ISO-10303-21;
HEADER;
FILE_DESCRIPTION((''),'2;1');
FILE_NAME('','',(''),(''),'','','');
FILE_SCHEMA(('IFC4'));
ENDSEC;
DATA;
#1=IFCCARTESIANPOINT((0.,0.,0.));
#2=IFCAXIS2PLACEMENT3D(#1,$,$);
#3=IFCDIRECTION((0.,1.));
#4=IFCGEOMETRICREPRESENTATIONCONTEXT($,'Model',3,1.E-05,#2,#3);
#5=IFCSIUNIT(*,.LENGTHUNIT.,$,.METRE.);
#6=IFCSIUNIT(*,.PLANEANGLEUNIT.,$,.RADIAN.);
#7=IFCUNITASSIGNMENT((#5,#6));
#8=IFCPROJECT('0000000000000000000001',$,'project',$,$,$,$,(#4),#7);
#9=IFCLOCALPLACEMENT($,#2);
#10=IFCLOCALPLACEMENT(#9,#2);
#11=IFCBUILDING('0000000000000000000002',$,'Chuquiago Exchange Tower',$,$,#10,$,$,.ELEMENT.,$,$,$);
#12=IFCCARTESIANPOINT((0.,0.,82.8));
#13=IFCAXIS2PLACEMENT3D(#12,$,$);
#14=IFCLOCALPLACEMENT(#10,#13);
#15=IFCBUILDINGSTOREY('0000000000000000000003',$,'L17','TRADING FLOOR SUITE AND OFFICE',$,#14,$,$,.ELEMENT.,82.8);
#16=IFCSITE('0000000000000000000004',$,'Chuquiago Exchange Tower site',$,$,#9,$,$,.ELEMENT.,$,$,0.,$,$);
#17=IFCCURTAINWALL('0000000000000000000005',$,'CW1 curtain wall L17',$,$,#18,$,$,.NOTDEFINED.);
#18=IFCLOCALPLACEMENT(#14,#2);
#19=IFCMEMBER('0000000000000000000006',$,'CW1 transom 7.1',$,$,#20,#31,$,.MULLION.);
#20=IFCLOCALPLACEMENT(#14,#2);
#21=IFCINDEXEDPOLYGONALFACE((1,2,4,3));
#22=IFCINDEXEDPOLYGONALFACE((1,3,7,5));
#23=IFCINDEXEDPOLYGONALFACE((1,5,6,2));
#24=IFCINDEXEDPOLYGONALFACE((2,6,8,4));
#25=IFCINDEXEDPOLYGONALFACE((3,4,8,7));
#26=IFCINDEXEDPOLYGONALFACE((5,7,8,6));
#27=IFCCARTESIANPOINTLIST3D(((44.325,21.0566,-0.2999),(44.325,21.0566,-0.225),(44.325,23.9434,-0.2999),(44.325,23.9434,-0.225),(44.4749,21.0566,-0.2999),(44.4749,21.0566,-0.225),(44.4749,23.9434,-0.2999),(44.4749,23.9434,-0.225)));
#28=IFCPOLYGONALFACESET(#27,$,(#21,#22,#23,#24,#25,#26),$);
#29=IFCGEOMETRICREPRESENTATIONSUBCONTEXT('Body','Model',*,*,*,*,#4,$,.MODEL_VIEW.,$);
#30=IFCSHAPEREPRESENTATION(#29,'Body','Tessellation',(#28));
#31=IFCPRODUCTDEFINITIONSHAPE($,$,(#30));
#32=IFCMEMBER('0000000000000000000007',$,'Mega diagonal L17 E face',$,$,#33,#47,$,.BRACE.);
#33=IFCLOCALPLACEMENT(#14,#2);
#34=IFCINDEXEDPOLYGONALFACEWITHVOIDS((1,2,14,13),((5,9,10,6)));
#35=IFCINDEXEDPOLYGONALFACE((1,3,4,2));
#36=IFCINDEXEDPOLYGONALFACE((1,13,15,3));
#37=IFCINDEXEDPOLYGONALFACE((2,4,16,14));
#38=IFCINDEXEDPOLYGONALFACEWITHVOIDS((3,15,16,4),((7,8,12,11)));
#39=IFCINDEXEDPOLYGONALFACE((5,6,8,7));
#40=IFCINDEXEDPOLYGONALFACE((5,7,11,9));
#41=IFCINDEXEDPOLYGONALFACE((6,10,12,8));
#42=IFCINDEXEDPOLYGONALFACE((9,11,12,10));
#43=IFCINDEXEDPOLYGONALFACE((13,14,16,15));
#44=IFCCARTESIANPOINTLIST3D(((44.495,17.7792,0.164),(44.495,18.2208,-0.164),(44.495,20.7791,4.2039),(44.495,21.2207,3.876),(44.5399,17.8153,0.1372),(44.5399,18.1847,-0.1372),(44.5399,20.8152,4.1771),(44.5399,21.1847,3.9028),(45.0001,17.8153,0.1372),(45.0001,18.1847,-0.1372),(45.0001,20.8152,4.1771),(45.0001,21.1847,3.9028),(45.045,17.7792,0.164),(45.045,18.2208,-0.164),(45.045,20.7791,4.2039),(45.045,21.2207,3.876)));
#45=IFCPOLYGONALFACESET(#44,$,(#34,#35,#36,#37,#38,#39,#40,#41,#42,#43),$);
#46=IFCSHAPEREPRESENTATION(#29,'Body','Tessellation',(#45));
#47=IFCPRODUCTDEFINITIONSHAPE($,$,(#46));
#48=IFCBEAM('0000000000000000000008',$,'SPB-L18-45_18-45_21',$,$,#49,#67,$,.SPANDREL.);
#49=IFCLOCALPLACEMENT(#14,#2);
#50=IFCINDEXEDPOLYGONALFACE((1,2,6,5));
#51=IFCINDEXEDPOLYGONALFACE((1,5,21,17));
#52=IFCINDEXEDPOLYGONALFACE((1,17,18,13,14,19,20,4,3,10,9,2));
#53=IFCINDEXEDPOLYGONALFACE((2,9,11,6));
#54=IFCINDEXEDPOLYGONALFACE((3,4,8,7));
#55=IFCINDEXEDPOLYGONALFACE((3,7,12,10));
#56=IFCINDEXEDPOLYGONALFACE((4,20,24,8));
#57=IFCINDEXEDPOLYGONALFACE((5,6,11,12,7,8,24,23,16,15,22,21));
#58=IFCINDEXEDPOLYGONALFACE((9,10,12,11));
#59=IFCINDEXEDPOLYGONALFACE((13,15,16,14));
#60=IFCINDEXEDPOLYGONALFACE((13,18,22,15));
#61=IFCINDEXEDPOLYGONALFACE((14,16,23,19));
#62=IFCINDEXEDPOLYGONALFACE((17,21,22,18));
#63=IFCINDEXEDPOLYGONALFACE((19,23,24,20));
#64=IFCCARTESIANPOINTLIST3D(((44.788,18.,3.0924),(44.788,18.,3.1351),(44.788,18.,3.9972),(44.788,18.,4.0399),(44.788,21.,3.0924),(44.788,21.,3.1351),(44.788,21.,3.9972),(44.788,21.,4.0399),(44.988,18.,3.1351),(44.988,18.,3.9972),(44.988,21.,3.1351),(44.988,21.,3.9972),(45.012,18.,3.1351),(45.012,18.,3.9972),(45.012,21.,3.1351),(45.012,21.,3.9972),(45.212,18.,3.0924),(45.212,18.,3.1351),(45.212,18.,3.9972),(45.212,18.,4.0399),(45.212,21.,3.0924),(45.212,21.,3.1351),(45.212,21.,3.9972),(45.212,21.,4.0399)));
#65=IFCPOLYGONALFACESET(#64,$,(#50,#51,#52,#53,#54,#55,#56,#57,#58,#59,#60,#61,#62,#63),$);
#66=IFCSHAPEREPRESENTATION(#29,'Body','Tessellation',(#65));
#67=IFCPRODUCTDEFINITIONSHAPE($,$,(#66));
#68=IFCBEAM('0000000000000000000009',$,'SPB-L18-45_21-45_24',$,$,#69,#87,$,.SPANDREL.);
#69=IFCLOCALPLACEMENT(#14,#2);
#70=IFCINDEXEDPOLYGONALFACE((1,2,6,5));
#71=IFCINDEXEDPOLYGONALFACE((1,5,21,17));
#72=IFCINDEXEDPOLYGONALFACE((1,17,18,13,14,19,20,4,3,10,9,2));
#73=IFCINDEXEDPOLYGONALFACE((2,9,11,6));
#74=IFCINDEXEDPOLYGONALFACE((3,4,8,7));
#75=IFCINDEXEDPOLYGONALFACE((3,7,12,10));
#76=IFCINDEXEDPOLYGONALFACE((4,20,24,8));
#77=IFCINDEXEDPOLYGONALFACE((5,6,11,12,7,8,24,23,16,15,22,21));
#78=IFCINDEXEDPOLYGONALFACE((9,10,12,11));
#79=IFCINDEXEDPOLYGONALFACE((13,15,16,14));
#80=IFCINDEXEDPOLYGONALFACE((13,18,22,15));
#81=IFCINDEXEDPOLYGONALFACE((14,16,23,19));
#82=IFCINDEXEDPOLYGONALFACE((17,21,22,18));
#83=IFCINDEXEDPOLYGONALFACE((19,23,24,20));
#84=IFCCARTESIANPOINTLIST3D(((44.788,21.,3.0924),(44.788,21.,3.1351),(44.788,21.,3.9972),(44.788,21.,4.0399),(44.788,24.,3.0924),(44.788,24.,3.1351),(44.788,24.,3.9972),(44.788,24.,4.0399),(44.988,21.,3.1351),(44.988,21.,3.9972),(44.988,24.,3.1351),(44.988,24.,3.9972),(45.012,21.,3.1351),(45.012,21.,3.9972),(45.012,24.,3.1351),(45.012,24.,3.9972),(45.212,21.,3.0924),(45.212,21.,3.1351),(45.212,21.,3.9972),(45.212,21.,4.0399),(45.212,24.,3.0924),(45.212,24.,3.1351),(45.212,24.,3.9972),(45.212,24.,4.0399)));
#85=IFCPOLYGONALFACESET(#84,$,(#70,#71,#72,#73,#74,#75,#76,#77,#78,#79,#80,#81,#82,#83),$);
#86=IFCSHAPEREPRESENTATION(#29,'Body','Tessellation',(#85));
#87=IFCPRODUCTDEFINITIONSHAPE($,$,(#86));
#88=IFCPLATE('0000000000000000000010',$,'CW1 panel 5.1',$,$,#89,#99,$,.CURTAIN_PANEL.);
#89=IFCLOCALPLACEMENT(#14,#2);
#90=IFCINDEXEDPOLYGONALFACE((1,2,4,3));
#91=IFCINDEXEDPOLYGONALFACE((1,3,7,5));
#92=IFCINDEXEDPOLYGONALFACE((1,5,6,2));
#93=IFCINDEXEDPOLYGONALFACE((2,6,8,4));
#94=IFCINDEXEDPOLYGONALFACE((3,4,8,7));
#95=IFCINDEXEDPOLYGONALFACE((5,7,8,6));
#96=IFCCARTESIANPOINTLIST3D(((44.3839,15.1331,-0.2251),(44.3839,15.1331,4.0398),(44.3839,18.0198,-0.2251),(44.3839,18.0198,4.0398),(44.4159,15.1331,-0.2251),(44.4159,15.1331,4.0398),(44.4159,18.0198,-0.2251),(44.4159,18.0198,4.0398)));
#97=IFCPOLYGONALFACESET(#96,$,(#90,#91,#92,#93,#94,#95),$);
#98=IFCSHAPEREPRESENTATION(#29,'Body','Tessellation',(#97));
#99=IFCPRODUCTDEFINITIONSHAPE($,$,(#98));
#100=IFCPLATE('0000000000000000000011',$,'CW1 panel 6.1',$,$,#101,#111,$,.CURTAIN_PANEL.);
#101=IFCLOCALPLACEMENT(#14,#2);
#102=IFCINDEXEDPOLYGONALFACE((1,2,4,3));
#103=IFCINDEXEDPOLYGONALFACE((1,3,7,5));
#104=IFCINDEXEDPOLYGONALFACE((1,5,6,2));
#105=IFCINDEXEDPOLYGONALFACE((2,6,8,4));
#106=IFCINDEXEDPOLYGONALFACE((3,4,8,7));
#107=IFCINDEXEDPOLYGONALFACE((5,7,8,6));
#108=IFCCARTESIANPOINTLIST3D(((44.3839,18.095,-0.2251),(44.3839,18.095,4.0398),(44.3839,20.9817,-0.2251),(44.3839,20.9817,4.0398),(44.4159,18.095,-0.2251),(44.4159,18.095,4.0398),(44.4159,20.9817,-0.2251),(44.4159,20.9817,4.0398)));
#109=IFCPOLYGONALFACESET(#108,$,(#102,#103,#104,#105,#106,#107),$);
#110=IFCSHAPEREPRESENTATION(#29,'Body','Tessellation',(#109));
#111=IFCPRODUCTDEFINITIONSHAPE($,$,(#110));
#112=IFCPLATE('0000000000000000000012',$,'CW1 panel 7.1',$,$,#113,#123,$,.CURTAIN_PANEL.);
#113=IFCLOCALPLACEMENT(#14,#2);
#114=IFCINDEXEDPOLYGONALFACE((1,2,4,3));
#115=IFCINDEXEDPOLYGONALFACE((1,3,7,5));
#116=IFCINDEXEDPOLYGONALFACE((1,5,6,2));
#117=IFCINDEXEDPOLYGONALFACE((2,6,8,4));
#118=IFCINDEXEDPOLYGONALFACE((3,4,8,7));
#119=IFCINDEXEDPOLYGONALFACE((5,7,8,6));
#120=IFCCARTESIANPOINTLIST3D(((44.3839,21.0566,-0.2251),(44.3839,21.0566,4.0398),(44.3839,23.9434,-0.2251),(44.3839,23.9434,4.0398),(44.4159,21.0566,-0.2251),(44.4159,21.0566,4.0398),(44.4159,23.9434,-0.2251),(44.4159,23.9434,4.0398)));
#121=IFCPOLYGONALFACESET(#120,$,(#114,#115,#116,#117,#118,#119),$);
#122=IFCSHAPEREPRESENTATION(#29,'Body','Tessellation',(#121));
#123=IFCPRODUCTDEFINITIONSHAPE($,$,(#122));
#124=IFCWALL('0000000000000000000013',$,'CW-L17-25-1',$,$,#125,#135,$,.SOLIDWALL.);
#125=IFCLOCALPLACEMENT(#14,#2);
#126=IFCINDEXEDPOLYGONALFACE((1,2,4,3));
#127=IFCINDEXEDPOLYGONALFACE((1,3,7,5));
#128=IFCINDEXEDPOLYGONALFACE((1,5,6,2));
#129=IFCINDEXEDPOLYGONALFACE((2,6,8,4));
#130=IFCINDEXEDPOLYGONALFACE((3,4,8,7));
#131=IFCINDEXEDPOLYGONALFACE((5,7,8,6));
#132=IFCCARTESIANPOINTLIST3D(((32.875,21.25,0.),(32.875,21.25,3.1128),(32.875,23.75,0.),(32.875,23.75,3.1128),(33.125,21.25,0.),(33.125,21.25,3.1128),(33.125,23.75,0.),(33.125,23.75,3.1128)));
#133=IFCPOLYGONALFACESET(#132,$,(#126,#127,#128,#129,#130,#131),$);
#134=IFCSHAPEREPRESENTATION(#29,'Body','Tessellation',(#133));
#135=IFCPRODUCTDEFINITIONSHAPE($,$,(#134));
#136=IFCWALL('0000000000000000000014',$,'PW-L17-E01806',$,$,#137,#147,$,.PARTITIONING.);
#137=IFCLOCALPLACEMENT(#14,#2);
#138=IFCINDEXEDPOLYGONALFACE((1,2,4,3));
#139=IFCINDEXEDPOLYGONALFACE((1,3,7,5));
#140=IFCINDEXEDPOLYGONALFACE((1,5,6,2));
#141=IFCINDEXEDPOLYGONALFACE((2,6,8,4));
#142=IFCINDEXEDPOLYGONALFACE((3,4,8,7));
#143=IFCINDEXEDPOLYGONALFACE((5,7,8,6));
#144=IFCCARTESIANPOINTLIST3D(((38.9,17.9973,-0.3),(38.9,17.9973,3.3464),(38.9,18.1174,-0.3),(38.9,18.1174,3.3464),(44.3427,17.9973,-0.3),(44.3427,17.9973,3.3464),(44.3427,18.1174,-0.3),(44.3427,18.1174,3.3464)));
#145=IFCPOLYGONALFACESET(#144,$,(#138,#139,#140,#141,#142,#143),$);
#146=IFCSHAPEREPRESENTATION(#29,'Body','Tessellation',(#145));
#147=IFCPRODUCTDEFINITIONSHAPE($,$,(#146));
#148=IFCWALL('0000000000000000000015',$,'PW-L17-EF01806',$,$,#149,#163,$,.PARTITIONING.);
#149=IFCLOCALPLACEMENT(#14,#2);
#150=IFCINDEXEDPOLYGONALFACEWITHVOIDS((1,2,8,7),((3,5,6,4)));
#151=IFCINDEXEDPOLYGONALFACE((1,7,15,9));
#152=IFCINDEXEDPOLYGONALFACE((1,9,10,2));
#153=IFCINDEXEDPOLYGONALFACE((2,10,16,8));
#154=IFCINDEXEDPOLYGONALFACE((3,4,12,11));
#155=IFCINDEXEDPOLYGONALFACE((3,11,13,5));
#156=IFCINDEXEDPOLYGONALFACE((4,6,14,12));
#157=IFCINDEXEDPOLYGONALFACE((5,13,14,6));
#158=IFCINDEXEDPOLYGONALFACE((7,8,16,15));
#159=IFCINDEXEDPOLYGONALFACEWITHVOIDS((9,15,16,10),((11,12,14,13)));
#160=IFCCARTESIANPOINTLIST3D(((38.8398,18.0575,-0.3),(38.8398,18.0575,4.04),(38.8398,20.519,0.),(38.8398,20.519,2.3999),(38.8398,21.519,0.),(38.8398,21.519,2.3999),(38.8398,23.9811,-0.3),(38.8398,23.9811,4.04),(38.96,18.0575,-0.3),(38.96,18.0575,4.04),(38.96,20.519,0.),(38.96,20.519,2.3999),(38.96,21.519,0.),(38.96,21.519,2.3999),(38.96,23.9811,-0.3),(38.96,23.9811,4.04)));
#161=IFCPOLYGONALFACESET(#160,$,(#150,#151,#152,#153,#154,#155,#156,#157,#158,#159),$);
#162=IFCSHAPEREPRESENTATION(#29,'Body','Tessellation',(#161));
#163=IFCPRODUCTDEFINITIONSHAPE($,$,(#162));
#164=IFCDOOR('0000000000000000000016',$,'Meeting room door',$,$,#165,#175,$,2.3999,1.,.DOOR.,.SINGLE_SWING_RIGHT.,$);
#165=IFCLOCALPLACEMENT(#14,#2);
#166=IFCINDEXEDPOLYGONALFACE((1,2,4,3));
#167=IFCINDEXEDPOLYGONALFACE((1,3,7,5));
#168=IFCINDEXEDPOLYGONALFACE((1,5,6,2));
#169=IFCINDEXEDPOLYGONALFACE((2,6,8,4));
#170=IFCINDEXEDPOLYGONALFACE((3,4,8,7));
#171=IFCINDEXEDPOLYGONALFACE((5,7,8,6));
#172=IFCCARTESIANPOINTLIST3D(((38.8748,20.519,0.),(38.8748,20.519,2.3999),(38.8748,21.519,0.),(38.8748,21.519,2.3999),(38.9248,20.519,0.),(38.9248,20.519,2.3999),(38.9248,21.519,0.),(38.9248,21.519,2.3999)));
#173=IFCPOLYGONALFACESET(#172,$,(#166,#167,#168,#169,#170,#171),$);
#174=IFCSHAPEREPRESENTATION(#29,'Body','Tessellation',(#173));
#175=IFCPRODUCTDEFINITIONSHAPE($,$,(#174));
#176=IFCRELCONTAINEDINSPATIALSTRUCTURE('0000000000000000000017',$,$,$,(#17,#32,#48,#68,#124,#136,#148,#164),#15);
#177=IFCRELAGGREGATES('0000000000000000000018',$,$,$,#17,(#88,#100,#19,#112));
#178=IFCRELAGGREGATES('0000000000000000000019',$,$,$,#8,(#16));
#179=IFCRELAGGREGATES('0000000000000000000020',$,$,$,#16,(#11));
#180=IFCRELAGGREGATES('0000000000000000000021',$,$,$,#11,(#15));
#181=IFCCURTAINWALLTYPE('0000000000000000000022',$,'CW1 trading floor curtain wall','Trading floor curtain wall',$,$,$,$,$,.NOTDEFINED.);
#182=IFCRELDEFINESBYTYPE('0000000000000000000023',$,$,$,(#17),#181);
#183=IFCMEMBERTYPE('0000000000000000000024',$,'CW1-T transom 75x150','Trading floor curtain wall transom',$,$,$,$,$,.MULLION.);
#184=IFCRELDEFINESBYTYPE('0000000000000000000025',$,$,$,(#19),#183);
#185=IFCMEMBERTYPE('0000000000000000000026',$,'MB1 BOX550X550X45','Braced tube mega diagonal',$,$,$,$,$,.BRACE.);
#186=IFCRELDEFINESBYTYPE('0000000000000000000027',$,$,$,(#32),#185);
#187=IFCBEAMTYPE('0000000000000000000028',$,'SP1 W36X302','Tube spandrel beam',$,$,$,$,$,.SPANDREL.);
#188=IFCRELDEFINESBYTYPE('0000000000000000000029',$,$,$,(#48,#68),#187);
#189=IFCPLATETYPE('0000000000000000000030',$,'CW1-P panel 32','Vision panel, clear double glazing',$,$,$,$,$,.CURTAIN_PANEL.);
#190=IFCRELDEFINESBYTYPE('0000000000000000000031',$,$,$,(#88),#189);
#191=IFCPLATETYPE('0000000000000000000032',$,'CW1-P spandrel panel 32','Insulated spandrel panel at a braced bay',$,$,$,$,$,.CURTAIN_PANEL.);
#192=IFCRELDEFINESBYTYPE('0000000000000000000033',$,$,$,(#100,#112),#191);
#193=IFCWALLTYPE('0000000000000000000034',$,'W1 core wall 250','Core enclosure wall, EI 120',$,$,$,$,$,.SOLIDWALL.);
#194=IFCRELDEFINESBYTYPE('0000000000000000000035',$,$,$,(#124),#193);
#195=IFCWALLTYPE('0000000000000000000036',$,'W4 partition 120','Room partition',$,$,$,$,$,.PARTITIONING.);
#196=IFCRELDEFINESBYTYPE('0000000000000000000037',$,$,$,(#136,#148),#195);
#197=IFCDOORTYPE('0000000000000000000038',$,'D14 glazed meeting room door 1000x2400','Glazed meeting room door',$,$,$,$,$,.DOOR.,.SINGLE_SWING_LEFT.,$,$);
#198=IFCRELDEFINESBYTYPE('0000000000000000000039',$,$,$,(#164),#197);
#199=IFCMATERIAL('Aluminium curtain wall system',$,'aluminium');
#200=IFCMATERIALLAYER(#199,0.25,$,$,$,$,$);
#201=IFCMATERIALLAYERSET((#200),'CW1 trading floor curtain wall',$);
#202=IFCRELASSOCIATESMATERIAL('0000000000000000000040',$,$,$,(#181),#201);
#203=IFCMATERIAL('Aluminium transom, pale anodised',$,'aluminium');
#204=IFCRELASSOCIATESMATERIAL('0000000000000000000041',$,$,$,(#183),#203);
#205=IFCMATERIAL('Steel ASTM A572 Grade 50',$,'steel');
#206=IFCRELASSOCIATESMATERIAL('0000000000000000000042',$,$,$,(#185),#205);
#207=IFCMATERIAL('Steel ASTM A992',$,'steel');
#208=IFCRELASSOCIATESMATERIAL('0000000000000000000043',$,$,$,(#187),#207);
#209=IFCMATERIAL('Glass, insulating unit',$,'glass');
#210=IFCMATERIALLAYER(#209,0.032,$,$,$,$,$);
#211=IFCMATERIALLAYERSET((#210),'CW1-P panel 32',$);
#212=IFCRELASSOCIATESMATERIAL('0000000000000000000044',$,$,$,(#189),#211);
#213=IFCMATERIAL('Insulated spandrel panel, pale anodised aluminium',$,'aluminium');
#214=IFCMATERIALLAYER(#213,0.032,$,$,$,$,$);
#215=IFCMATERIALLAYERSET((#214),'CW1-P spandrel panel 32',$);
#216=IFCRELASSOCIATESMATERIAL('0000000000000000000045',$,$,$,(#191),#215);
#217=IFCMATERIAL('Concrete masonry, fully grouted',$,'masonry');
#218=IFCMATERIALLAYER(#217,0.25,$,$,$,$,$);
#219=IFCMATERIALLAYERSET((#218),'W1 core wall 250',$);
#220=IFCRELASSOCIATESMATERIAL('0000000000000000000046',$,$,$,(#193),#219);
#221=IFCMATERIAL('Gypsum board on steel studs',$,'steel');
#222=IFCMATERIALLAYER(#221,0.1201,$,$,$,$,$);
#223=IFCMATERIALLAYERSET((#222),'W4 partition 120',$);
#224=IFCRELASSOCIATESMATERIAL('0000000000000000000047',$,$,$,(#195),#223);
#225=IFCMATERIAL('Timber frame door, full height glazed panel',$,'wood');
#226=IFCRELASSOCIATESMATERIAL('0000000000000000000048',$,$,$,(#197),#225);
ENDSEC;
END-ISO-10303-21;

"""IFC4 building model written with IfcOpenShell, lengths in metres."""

from ifc_helpers import new_model, si_unit, direction, frame, frame_2d, origin, origin_2d, place, context, subcontext, project, spatial, rectangle, hollow_rectangle, i_section, extrude, material, layer, layer_set, material_profile, profile_set, type_object, element, fill, aggregate, save


model = new_model("IFC4")

# Units and contexts
model_context = context("Model", 3, precision=1e-05, world=origin(), true_north=direction((0.0, 1.0)))
body_context = subcontext(model_context, "Body", "Model", "MODEL_VIEW")
ifc_project = project(units=[si_unit("LENGTHUNIT", "METRE"), si_unit("PLANEANGLEUNIT", "RADIAN")], contexts=[model_context])

# Site, building, storey
site_placement = place(None, origin())
site = spatial("IfcSite", under=ifc_project, at=site_placement, Name="Chuquiago Exchange Tower site", CompositionType="ELEMENT", RefElevation=0.0)
building_placement = place(site_placement, origin())
building = spatial("IfcBuilding", under=site, at=building_placement, Name="Chuquiago Exchange Tower", CompositionType="ELEMENT")
storey_placement = place(building_placement, frame((0.0, 0.0, 82.8)))
storey = spatial("IfcBuildingStorey", under=building, at=storey_placement, Name="L17", Description="TRADING FLOOR SUITE AND OFFICE", CompositionType="ELEMENT", Elevation=82.8)

# Curtain wall, member
ifc_material_1 = material(Name="Aluminium curtain wall system", Category="aluminium")
ifc_layer_1 = layer(ifc_material_1, 0.25)
ifc_layer_set_1 = layer_set([ifc_layer_1], Name="CW1 trading floor curtain wall")
curtain_wall_type = type_object("IfcCurtainWallType", Name="CW1 trading floor curtain wall", Description="Trading floor curtain wall", PredefinedType="NOTDEFINED", material=ifc_layer_set_1)
curtain_wall_placement = place(storey_placement, origin())
curtain_wall = element("IfcCurtainWall", 1, at=curtain_wall_placement, inside=storey, type_object=curtain_wall_type, Name="CW1 curtain wall L17", PredefinedType="NOTDEFINED")
ifc_material_2 = material(Name="Aluminium transom, pale anodised", Category="aluminium")
ifc_material_profile_1 = material_profile(ifc_material_2, rectangle(XDim=0.1499, YDim=0.075, at=origin_2d()), Name="AL 150x75")
ifc_profile_set_1 = profile_set([ifc_material_profile_1], Name="Aluminium transom, pale anodised")
member_type_1 = type_object("IfcMemberType", Name="CW1-T transom 75x150", Description="Trading floor curtain wall transom", PredefinedType="MULLION", material=ifc_profile_set_1)
member_1_placement = place(storey_placement, frame((44.3999, 21.0566, -0.2625), z_axis=(0.0, 1.0, 0.0), x_axis=(-1.0, 0.0, 0.0)))
member_1 = element("IfcMember", 2, at=member_1_placement, type_object=member_type_1, Name="CW1 transom 7.1", PredefinedType="MULLION", context=body_context, shape_type="SweptSolid", body=[
    extrude(rectangle(XDim=0.1499, YDim=0.075, at=origin_2d()), origin(), (0.0, 0.0, 1.0), 2.8867),
])

# Member
ifc_material_3 = material(Name="Steel ASTM A572 Grade 50", Category="steel")
ifc_material_profile_2 = material_profile(ifc_material_3, hollow_rectangle(XDim=0.55, YDim=0.55, WallThickness=0.0449, at=origin_2d()), Name="BOX550X550X45")
ifc_profile_set_2 = profile_set([ifc_material_profile_2], Name="Steel ASTM A572 Grade 50")
member_type_2 = type_object("IfcMemberType", Name="MB1 BOX550X550X45", Description="Braced tube mega diagonal", PredefinedType="BRACE", material=ifc_profile_set_2)
member_2_placement = place(storey_placement, frame((44.77, 18.0, 0.0), z_axis=(0.0, 0.596174, 0.802855), x_axis=(-1.0, 0.0, 0.0)))
element("IfcMember", 3, at=member_2_placement, inside=storey, type_object=member_type_2, Name="Mega diagonal L17 E face", PredefinedType="BRACE", context=body_context, shape_type="SweptSolid", body=[
    extrude(hollow_rectangle(XDim=0.55, YDim=0.55, WallThickness=0.0449, at=origin_2d()), origin(), (0.0, 0.0, 1.0), 5.032),
])

# Beams
ifc_material_4 = material(Name="Steel ASTM A992", Category="steel")
ifc_material_profile_3 = material_profile(ifc_material_4, i_section(OverallWidth=0.4241, OverallDepth=0.9475, WebThickness=0.0239, FlangeThickness=0.0427, at=origin_2d()), Name="W36X302")
ifc_profile_set_3 = profile_set([ifc_material_profile_3], Name="Steel ASTM A992")
beam_type_1 = type_object("IfcBeamType", Name="SP1 W36X302", Description="Tube spandrel beam", PredefinedType="SPANDREL", material=ifc_profile_set_3)
for number, where, z_axis, x_axis, name in (
    (4, (45.0, 18.0, 3.5662), (0.0, 1.0, 0.0), (-1.0, 0.0, 0.0), "SPB-L18-45_18-45_21"),
    (5, (45.0, 21.0, 3.5662), (0.0, 1.0, 0.0), (-1.0, 0.0, 0.0), "SPB-L18-45_21-45_24"),
):
    element("IfcBeam", number, at=place(storey_placement, frame(where, z_axis=z_axis, x_axis=x_axis)), inside=storey, type_object=beam_type_1, Name=name, PredefinedType="SPANDREL", context=body_context, shape_type="SweptSolid", body=[
        extrude(i_section(OverallWidth=0.4241, OverallDepth=0.9475, WebThickness=0.0239, FlangeThickness=0.0427, at=origin_2d()), origin(), (0.0, 0.0, 1.0), 3.0),
    ])

# Plates
ifc_material_5 = material(Name="Glass, insulating unit", Category="glass")
ifc_layer_2 = layer(ifc_material_5, 0.032)
ifc_layer_set_2 = layer_set([ifc_layer_2], Name="CW1-P panel 32")
plate_type_1 = type_object("IfcPlateType", Name="CW1-P panel 32", Description="Vision panel, clear double glazing", PredefinedType="CURTAIN_PANEL", material=ifc_layer_set_2)
plate_1_placement = place(storey_placement, frame((44.3999, 16.5764, -0.2251), z_axis=(0.0, 0.0, 1.0), x_axis=(0.0, 1.0, 0.0)))
plate_1 = element("IfcPlate", 6, at=plate_1_placement, type_object=plate_type_1, Name="CW1 panel 5.1", PredefinedType="CURTAIN_PANEL", context=body_context, shape_type="SweptSolid", body=[
    extrude(rectangle(XDim=2.8867, YDim=0.032, at=origin_2d()), origin(), (0.0, 0.0, 1.0), 4.2649),
])
ifc_material_6 = material(Name="Insulated spandrel panel, pale anodised aluminium", Category="aluminium")
ifc_layer_3 = layer(ifc_material_6, 0.032)
ifc_layer_set_3 = layer_set([ifc_layer_3], Name="CW1-P spandrel panel 32")
plate_type_2 = type_object("IfcPlateType", Name="CW1-P spandrel panel 32", Description="Insulated spandrel panel at a braced bay", PredefinedType="CURTAIN_PANEL", material=ifc_layer_set_3)
plate_2_placement = place(storey_placement, frame((44.3999, 19.5383, -0.2251), z_axis=(0.0, 0.0, 1.0), x_axis=(0.0, 1.0, 0.0)))
plate_2 = element("IfcPlate", 7, at=plate_2_placement, type_object=plate_type_2, Name="CW1 panel 6.1", PredefinedType="CURTAIN_PANEL", context=body_context, shape_type="SweptSolid", body=[
    extrude(rectangle(XDim=2.8867, YDim=0.032, at=origin_2d()), origin(), (0.0, 0.0, 1.0), 4.2649),
])
plate_3_placement = place(storey_placement, frame((44.3999, 22.5, -0.2251), z_axis=(0.0, 0.0, 1.0), x_axis=(0.0, 1.0, 0.0)))
plate_3 = element("IfcPlate", 8, at=plate_3_placement, type_object=plate_type_2, Name="CW1 panel 7.1", PredefinedType="CURTAIN_PANEL", context=body_context, shape_type="SweptSolid", body=[
    extrude(rectangle(XDim=2.8867, YDim=0.032, at=origin_2d()), origin(), (0.0, 0.0, 1.0), 4.2649),
])
aggregate(curtain_wall, [plate_1, plate_2, member_1, plate_3])

# Walls
ifc_material_7 = material(Name="Concrete masonry, fully grouted", Category="masonry")
ifc_layer_4 = layer(ifc_material_7, 0.25)
ifc_layer_set_4 = layer_set([ifc_layer_4], Name="W1 core wall 250")
wall_type_1 = type_object("IfcWallType", Name="W1 core wall 250", Description="Core enclosure wall, EI 120", PredefinedType="SOLIDWALL", material=ifc_layer_set_4)
wall_1_placement = place(storey_placement, frame((33.0, 21.25, 0.0), z_axis=(0.0, 0.0, 1.0), x_axis=(0.0, 1.0, 0.0)))
element("IfcWall", 9, at=wall_1_placement, inside=storey, type_object=wall_type_1, Name="CW-L17-25-1", PredefinedType="SOLIDWALL", context=body_context, shape_type="SweptSolid", body=[
    extrude(rectangle(XDim=2.5, YDim=0.25, at=frame_2d((1.25, 0.0))), origin(), (0.0, 0.0, 1.0), 3.1128),
])
ifc_material_8 = material(Name="Gypsum board on steel studs", Category="steel")
ifc_layer_5 = layer(ifc_material_8, 0.1201)
ifc_layer_set_5 = layer_set([ifc_layer_5], Name="W4 partition 120")
wall_type_2 = type_object("IfcWallType", Name="W4 partition 120", Description="Room partition", PredefinedType="PARTITIONING", material=ifc_layer_set_5)
wall_2_placement = place(storey_placement, frame((44.3425, 18.0574, -0.3), z_axis=(0.0, 0.0, 1.0), x_axis=(-1.0, 0.0, 0.0)))
element("IfcWall", 10, at=wall_2_placement, inside=storey, type_object=wall_type_2, Name="PW-L17-E01806", PredefinedType="PARTITIONING", context=body_context, shape_type="SweptSolid", body=[
    extrude(rectangle(XDim=5.4426, YDim=0.1201, at=frame_2d((2.7212, 0.0))), origin(), (0.0, 0.0, 1.0), 3.6465),
])

# Wall, opening, door
wall_3_placement = place(storey_placement, frame((38.8999, 18.0574, -0.3), z_axis=(0.0, 0.0, 1.0), x_axis=(0.0, 1.0, 0.0)))
wall_3 = element("IfcWall", 11, at=wall_3_placement, inside=storey, type_object=wall_type_2, Name="PW-L17-EF01806", PredefinedType="PARTITIONING", context=body_context, shape_type="SweptSolid", body=[
    extrude(rectangle(XDim=5.9236, YDim=0.1201, at=frame_2d((2.9619, 0.0))), origin(), (0.0, 0.0, 1.0), 4.3401),
])
opening_placement = place(wall_3_placement, frame((2.4617, 0.0, 0.3)))
opening = element("IfcOpeningElement", 12, at=opening_placement, cuts=wall_3, PredefinedType="OPENING", context=body_context, shape_type="SweptSolid", body=[
    extrude(rectangle(XDim=1.0, YDim=2.3999, at=frame_2d((0.5, 1.2))), frame((0.0, 0.0701, 0.0), z_axis=(0.0, -1.0, 0.0), x_axis=(1.0, 0.0, 0.0)), (0.0, 0.0, 1.0), 0.1401),
])
ifc_material_9 = material(Name="Timber frame door, full height glazed panel", Category="wood")
door_type = type_object("IfcDoorType", Name="D14 glazed meeting room door 1000x2400", Description="Glazed meeting room door", OperationType="SINGLE_SWING_LEFT", PredefinedType="DOOR", material=ifc_material_9)
door_placement = place(opening_placement, frame((1.0, 0.0, 0.0), z_axis=(0.0, 0.0, 1.0), x_axis=(-1.0, 0.0, 0.0)))
door = element("IfcDoor", 13, at=door_placement, inside=storey, type_object=door_type, Name="Meeting room door", OperationType="SINGLE_SWING_RIGHT", OverallHeight=2.3999, OverallWidth=1.0, PredefinedType="DOOR", context=body_context, shape_type="SweptSolid", body=[
    extrude(rectangle(XDim=1.0, YDim=2.3999, at=frame_2d((0.5, 1.2))), frame((0.0, 0.0249, 0.0), z_axis=(0.0, -1.0, 0.0), x_axis=(1.0, 0.0, 0.0)), (0.0, 0.0, 1.0), 0.05),
])
fill(opening, door)

save(model, "model.ifc")
